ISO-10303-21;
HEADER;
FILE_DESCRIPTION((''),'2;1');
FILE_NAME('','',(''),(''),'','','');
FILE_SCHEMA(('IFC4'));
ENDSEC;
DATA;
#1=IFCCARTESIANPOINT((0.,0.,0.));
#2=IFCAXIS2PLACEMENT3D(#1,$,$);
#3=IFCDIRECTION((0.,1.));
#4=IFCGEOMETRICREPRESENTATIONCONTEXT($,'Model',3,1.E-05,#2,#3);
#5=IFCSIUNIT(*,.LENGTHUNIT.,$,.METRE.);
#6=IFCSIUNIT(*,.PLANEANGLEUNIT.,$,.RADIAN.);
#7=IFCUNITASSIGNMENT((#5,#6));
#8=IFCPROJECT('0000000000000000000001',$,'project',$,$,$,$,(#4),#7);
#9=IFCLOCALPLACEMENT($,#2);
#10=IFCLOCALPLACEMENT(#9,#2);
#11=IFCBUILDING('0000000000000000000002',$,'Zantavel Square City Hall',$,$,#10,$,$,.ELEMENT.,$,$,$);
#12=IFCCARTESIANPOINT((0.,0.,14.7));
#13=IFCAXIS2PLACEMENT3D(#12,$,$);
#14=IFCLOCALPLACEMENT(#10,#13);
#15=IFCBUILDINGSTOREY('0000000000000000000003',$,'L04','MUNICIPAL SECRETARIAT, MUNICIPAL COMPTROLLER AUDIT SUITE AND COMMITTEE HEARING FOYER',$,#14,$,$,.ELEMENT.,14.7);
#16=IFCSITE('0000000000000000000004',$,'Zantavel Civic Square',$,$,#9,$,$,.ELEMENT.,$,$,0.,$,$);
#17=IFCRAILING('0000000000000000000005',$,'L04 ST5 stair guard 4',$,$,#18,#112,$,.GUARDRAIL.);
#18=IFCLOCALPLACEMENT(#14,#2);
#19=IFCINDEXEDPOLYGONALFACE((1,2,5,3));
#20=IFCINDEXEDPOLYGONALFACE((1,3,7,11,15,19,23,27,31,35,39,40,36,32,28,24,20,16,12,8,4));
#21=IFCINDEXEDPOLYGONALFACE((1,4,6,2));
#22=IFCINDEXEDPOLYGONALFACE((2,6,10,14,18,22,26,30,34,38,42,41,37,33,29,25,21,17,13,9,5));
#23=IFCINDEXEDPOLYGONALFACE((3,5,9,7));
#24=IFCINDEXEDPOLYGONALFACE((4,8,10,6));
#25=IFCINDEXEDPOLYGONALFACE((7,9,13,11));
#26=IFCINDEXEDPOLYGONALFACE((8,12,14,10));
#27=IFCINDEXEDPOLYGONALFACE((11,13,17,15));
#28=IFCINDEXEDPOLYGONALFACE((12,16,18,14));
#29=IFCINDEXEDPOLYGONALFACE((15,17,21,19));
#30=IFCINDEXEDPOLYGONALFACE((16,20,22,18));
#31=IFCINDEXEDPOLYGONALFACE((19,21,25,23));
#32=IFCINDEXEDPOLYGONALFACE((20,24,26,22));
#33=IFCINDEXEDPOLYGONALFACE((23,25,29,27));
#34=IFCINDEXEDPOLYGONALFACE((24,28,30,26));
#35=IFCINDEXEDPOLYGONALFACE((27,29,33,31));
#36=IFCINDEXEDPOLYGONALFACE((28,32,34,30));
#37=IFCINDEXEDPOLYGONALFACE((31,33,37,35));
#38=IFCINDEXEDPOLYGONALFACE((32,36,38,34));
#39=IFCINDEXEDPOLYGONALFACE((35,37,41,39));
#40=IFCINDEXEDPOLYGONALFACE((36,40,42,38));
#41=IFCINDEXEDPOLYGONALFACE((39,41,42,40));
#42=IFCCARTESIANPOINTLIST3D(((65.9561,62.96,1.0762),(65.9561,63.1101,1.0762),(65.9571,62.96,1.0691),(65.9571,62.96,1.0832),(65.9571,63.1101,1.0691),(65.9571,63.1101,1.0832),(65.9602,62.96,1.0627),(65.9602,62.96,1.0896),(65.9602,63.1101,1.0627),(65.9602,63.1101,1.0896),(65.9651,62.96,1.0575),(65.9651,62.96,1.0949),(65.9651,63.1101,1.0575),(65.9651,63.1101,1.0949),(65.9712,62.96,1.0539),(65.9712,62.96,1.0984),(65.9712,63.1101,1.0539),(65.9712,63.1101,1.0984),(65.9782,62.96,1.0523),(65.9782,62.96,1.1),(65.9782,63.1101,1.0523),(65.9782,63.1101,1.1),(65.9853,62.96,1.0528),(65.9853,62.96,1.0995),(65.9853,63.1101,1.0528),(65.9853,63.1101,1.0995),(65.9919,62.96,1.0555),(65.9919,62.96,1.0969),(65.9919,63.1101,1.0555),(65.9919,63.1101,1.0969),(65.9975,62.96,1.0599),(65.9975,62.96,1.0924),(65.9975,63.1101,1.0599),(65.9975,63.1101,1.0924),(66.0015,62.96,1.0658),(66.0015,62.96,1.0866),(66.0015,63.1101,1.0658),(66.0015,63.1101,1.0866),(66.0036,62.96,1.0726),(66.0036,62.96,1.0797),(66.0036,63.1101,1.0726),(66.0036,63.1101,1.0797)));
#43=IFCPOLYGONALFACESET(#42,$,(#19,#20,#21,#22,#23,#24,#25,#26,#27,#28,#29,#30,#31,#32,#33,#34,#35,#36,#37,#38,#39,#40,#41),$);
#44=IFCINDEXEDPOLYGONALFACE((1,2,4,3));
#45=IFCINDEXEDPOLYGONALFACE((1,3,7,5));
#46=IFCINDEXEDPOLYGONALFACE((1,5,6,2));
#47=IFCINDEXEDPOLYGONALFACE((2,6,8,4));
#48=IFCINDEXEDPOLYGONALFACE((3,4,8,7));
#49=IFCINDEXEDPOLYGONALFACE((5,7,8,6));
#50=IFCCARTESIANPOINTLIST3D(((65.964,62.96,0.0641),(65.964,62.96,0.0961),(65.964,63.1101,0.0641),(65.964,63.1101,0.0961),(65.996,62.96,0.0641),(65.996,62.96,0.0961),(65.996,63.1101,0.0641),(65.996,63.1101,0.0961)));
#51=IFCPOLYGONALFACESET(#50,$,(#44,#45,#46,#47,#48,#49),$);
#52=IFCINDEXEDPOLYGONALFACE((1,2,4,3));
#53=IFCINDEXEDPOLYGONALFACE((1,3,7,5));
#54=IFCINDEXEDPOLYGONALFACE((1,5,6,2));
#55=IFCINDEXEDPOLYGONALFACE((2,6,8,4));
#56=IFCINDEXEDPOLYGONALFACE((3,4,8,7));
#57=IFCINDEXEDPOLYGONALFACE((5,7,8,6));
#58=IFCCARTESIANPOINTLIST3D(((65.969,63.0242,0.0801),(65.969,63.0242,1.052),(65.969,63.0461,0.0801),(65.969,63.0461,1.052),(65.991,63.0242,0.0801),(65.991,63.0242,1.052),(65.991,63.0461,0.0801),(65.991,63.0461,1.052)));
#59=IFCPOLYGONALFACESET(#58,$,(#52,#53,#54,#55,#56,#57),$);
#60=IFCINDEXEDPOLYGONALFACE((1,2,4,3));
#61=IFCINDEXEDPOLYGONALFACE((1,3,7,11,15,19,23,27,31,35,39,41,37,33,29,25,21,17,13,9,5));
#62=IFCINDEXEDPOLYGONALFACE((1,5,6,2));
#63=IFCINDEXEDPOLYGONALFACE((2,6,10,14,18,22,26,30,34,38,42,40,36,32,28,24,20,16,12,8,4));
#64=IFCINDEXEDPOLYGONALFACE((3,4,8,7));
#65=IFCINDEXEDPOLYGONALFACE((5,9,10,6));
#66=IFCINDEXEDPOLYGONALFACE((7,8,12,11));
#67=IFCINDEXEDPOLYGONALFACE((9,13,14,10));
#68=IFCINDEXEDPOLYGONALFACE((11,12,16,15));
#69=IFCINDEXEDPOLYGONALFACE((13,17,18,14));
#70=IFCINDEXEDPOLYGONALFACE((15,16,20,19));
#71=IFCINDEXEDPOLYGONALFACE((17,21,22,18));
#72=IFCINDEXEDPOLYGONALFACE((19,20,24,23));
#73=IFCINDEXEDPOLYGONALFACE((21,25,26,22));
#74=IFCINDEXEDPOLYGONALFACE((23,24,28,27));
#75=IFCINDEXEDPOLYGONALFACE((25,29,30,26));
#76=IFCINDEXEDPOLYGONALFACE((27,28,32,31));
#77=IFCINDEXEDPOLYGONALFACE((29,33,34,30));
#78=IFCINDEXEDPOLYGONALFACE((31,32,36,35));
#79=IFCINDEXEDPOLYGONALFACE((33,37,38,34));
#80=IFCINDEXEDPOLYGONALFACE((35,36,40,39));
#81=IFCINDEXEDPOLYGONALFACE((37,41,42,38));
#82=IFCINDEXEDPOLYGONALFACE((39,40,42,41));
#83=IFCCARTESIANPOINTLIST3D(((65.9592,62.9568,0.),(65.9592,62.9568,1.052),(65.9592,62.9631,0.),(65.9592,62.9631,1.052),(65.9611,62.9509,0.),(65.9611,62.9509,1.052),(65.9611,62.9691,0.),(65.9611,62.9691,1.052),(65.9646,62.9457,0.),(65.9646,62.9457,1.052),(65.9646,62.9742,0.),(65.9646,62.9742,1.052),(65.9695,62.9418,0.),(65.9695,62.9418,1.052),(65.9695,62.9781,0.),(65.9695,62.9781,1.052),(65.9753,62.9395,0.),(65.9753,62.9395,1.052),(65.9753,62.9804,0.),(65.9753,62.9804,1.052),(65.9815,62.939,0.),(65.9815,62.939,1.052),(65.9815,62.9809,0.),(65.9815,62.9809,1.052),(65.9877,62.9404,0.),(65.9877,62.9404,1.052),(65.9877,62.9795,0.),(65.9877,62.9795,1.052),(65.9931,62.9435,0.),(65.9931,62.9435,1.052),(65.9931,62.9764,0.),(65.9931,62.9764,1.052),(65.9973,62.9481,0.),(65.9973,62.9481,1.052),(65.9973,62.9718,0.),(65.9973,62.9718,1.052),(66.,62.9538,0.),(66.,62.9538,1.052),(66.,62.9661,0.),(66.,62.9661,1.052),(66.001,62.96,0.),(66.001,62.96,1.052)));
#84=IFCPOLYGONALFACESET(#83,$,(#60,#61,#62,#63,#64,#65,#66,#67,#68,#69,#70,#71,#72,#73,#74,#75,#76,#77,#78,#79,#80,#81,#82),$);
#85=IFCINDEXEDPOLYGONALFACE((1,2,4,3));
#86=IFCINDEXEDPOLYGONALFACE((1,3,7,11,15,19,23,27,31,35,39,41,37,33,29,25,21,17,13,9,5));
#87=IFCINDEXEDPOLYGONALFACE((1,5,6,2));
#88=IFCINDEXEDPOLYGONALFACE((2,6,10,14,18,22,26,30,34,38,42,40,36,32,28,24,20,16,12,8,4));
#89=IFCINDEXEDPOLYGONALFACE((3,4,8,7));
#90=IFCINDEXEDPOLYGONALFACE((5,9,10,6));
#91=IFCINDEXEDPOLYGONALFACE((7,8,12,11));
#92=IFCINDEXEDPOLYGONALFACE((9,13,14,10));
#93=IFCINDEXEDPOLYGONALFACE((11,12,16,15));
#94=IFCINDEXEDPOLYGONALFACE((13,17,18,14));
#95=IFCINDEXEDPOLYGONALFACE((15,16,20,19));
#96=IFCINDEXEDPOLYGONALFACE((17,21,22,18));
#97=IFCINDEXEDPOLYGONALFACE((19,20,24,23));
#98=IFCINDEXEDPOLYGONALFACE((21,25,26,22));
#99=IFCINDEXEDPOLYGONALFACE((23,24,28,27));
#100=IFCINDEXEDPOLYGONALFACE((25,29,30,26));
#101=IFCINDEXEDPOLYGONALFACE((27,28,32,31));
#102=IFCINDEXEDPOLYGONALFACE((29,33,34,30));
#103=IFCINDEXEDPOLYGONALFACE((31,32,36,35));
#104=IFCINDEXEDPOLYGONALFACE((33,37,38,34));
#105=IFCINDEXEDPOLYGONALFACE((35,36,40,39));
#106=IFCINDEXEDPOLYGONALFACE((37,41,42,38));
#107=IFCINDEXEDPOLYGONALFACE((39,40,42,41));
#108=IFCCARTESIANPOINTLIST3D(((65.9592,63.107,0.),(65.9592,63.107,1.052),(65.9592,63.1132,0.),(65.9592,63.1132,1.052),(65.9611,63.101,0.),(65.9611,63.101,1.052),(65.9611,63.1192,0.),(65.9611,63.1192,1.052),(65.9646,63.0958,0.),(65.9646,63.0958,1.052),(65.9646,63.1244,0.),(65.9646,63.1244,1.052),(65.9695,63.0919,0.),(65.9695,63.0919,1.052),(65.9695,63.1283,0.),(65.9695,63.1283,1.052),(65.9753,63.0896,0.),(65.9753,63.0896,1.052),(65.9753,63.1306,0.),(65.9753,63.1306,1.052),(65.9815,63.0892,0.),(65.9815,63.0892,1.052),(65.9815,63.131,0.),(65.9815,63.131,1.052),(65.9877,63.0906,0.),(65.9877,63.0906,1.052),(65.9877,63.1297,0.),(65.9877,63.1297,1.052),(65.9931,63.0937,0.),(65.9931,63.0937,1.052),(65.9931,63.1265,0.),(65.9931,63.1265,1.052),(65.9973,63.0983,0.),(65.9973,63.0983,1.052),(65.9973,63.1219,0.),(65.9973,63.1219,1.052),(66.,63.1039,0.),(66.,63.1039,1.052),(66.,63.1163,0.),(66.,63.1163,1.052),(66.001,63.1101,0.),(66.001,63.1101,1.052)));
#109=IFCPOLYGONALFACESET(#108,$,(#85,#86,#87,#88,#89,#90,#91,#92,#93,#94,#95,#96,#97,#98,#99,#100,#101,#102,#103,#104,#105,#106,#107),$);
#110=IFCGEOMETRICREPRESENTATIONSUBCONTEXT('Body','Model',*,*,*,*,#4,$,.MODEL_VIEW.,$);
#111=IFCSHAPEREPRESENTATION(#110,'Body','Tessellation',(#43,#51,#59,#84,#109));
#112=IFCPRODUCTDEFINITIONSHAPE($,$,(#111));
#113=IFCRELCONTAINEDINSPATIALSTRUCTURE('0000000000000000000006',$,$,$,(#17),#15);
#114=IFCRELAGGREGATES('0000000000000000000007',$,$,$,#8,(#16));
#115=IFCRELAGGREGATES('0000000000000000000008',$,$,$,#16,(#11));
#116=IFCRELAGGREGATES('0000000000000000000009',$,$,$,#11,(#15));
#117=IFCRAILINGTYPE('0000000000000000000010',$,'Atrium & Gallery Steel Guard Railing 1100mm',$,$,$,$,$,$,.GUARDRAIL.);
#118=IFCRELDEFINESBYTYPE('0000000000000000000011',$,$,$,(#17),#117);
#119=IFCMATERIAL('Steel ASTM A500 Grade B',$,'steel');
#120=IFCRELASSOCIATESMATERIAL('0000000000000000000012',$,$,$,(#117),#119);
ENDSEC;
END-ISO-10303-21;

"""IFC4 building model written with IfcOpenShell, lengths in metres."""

from ifc_helpers import new_model, si_unit, direction, frame, origin, origin_2d, place, context, subcontext, project, spatial, rectangle, circle, extrude, material, type_object, element, save


model = new_model("IFC4")

# Units and contexts
model_context = context("Model", 3, precision=1e-05, world=origin(), true_north=direction((0.0, 1.0)))
body_context = subcontext(model_context, "Body", "Model", "MODEL_VIEW")
ifc_project = project(units=[si_unit("LENGTHUNIT", "METRE"), si_unit("PLANEANGLEUNIT", "RADIAN")], contexts=[model_context])

# Site, building, storey
site_placement = place(None, origin())
site = spatial("IfcSite", under=ifc_project, at=site_placement, Name="Zantavel Civic Square", CompositionType="ELEMENT", RefElevation=0.0)
building_placement = place(site_placement, origin())
building = spatial("IfcBuilding", under=site, at=building_placement, Name="Zantavel Square City Hall", CompositionType="ELEMENT")
storey_placement = place(building_placement, frame((0.0, 0.0, 14.7)))
storey = spatial("IfcBuildingStorey", under=building, at=storey_placement, Name="L04", Description="MUNICIPAL SECRETARIAT, MUNICIPAL COMPTROLLER AUDIT SUITE AND COMMITTEE HEARING FOYER", CompositionType="ELEMENT", Elevation=14.7)

# Railing
ifc_material_1 = material(Name="Steel ASTM A500 Grade B", Category="steel")
railing_type_1 = type_object("IfcRailingType", Name="Atrium & Gallery Steel Guard Railing 1100mm", PredefinedType="GUARDRAIL", material=ifc_material_1)
railing_1_placement = place(storey_placement, frame((65.98, 62.96, 0.0)))
element("IfcRailing", 1, at=railing_1_placement, inside=storey, type_object=railing_type_1, Name="L04 ST5 stair guard 4", PredefinedType="GUARDRAIL", context=body_context, shape_type="SweptSolid", body=[
    extrude(circle(Radius=0.0239, at=origin_2d()), frame((0.0, 0.0, 1.0762), z_axis=(0.0, 1.0, 0.0), x_axis=(-1.0, 0.0, 0.0)), (0.0, 0.0, 1.0), 0.1501),
    extrude(rectangle(XDim=0.032, YDim=0.032, at=origin_2d()), frame((0.0, 0.0, 0.0801), z_axis=(0.0, 1.0, 0.0), x_axis=(-1.0, 0.0, 0.0)), (0.0, 0.0, 1.0), 0.1501),
    extrude(rectangle(XDim=0.022, YDim=0.022, at=origin_2d()), frame((0.0, 0.0752, 0.0801)), (0.0, 0.0, 1.0), 0.9719),
    extrude(circle(Radius=0.021, at=origin_2d()), origin(), (0.0, 0.0, 1.0), 1.052),
    extrude(circle(Radius=0.021, at=origin_2d()), frame((0.0, 0.1501, 0.0)), (0.0, 0.0, 1.0), 1.052),
])

save(model, "model.ifc")
